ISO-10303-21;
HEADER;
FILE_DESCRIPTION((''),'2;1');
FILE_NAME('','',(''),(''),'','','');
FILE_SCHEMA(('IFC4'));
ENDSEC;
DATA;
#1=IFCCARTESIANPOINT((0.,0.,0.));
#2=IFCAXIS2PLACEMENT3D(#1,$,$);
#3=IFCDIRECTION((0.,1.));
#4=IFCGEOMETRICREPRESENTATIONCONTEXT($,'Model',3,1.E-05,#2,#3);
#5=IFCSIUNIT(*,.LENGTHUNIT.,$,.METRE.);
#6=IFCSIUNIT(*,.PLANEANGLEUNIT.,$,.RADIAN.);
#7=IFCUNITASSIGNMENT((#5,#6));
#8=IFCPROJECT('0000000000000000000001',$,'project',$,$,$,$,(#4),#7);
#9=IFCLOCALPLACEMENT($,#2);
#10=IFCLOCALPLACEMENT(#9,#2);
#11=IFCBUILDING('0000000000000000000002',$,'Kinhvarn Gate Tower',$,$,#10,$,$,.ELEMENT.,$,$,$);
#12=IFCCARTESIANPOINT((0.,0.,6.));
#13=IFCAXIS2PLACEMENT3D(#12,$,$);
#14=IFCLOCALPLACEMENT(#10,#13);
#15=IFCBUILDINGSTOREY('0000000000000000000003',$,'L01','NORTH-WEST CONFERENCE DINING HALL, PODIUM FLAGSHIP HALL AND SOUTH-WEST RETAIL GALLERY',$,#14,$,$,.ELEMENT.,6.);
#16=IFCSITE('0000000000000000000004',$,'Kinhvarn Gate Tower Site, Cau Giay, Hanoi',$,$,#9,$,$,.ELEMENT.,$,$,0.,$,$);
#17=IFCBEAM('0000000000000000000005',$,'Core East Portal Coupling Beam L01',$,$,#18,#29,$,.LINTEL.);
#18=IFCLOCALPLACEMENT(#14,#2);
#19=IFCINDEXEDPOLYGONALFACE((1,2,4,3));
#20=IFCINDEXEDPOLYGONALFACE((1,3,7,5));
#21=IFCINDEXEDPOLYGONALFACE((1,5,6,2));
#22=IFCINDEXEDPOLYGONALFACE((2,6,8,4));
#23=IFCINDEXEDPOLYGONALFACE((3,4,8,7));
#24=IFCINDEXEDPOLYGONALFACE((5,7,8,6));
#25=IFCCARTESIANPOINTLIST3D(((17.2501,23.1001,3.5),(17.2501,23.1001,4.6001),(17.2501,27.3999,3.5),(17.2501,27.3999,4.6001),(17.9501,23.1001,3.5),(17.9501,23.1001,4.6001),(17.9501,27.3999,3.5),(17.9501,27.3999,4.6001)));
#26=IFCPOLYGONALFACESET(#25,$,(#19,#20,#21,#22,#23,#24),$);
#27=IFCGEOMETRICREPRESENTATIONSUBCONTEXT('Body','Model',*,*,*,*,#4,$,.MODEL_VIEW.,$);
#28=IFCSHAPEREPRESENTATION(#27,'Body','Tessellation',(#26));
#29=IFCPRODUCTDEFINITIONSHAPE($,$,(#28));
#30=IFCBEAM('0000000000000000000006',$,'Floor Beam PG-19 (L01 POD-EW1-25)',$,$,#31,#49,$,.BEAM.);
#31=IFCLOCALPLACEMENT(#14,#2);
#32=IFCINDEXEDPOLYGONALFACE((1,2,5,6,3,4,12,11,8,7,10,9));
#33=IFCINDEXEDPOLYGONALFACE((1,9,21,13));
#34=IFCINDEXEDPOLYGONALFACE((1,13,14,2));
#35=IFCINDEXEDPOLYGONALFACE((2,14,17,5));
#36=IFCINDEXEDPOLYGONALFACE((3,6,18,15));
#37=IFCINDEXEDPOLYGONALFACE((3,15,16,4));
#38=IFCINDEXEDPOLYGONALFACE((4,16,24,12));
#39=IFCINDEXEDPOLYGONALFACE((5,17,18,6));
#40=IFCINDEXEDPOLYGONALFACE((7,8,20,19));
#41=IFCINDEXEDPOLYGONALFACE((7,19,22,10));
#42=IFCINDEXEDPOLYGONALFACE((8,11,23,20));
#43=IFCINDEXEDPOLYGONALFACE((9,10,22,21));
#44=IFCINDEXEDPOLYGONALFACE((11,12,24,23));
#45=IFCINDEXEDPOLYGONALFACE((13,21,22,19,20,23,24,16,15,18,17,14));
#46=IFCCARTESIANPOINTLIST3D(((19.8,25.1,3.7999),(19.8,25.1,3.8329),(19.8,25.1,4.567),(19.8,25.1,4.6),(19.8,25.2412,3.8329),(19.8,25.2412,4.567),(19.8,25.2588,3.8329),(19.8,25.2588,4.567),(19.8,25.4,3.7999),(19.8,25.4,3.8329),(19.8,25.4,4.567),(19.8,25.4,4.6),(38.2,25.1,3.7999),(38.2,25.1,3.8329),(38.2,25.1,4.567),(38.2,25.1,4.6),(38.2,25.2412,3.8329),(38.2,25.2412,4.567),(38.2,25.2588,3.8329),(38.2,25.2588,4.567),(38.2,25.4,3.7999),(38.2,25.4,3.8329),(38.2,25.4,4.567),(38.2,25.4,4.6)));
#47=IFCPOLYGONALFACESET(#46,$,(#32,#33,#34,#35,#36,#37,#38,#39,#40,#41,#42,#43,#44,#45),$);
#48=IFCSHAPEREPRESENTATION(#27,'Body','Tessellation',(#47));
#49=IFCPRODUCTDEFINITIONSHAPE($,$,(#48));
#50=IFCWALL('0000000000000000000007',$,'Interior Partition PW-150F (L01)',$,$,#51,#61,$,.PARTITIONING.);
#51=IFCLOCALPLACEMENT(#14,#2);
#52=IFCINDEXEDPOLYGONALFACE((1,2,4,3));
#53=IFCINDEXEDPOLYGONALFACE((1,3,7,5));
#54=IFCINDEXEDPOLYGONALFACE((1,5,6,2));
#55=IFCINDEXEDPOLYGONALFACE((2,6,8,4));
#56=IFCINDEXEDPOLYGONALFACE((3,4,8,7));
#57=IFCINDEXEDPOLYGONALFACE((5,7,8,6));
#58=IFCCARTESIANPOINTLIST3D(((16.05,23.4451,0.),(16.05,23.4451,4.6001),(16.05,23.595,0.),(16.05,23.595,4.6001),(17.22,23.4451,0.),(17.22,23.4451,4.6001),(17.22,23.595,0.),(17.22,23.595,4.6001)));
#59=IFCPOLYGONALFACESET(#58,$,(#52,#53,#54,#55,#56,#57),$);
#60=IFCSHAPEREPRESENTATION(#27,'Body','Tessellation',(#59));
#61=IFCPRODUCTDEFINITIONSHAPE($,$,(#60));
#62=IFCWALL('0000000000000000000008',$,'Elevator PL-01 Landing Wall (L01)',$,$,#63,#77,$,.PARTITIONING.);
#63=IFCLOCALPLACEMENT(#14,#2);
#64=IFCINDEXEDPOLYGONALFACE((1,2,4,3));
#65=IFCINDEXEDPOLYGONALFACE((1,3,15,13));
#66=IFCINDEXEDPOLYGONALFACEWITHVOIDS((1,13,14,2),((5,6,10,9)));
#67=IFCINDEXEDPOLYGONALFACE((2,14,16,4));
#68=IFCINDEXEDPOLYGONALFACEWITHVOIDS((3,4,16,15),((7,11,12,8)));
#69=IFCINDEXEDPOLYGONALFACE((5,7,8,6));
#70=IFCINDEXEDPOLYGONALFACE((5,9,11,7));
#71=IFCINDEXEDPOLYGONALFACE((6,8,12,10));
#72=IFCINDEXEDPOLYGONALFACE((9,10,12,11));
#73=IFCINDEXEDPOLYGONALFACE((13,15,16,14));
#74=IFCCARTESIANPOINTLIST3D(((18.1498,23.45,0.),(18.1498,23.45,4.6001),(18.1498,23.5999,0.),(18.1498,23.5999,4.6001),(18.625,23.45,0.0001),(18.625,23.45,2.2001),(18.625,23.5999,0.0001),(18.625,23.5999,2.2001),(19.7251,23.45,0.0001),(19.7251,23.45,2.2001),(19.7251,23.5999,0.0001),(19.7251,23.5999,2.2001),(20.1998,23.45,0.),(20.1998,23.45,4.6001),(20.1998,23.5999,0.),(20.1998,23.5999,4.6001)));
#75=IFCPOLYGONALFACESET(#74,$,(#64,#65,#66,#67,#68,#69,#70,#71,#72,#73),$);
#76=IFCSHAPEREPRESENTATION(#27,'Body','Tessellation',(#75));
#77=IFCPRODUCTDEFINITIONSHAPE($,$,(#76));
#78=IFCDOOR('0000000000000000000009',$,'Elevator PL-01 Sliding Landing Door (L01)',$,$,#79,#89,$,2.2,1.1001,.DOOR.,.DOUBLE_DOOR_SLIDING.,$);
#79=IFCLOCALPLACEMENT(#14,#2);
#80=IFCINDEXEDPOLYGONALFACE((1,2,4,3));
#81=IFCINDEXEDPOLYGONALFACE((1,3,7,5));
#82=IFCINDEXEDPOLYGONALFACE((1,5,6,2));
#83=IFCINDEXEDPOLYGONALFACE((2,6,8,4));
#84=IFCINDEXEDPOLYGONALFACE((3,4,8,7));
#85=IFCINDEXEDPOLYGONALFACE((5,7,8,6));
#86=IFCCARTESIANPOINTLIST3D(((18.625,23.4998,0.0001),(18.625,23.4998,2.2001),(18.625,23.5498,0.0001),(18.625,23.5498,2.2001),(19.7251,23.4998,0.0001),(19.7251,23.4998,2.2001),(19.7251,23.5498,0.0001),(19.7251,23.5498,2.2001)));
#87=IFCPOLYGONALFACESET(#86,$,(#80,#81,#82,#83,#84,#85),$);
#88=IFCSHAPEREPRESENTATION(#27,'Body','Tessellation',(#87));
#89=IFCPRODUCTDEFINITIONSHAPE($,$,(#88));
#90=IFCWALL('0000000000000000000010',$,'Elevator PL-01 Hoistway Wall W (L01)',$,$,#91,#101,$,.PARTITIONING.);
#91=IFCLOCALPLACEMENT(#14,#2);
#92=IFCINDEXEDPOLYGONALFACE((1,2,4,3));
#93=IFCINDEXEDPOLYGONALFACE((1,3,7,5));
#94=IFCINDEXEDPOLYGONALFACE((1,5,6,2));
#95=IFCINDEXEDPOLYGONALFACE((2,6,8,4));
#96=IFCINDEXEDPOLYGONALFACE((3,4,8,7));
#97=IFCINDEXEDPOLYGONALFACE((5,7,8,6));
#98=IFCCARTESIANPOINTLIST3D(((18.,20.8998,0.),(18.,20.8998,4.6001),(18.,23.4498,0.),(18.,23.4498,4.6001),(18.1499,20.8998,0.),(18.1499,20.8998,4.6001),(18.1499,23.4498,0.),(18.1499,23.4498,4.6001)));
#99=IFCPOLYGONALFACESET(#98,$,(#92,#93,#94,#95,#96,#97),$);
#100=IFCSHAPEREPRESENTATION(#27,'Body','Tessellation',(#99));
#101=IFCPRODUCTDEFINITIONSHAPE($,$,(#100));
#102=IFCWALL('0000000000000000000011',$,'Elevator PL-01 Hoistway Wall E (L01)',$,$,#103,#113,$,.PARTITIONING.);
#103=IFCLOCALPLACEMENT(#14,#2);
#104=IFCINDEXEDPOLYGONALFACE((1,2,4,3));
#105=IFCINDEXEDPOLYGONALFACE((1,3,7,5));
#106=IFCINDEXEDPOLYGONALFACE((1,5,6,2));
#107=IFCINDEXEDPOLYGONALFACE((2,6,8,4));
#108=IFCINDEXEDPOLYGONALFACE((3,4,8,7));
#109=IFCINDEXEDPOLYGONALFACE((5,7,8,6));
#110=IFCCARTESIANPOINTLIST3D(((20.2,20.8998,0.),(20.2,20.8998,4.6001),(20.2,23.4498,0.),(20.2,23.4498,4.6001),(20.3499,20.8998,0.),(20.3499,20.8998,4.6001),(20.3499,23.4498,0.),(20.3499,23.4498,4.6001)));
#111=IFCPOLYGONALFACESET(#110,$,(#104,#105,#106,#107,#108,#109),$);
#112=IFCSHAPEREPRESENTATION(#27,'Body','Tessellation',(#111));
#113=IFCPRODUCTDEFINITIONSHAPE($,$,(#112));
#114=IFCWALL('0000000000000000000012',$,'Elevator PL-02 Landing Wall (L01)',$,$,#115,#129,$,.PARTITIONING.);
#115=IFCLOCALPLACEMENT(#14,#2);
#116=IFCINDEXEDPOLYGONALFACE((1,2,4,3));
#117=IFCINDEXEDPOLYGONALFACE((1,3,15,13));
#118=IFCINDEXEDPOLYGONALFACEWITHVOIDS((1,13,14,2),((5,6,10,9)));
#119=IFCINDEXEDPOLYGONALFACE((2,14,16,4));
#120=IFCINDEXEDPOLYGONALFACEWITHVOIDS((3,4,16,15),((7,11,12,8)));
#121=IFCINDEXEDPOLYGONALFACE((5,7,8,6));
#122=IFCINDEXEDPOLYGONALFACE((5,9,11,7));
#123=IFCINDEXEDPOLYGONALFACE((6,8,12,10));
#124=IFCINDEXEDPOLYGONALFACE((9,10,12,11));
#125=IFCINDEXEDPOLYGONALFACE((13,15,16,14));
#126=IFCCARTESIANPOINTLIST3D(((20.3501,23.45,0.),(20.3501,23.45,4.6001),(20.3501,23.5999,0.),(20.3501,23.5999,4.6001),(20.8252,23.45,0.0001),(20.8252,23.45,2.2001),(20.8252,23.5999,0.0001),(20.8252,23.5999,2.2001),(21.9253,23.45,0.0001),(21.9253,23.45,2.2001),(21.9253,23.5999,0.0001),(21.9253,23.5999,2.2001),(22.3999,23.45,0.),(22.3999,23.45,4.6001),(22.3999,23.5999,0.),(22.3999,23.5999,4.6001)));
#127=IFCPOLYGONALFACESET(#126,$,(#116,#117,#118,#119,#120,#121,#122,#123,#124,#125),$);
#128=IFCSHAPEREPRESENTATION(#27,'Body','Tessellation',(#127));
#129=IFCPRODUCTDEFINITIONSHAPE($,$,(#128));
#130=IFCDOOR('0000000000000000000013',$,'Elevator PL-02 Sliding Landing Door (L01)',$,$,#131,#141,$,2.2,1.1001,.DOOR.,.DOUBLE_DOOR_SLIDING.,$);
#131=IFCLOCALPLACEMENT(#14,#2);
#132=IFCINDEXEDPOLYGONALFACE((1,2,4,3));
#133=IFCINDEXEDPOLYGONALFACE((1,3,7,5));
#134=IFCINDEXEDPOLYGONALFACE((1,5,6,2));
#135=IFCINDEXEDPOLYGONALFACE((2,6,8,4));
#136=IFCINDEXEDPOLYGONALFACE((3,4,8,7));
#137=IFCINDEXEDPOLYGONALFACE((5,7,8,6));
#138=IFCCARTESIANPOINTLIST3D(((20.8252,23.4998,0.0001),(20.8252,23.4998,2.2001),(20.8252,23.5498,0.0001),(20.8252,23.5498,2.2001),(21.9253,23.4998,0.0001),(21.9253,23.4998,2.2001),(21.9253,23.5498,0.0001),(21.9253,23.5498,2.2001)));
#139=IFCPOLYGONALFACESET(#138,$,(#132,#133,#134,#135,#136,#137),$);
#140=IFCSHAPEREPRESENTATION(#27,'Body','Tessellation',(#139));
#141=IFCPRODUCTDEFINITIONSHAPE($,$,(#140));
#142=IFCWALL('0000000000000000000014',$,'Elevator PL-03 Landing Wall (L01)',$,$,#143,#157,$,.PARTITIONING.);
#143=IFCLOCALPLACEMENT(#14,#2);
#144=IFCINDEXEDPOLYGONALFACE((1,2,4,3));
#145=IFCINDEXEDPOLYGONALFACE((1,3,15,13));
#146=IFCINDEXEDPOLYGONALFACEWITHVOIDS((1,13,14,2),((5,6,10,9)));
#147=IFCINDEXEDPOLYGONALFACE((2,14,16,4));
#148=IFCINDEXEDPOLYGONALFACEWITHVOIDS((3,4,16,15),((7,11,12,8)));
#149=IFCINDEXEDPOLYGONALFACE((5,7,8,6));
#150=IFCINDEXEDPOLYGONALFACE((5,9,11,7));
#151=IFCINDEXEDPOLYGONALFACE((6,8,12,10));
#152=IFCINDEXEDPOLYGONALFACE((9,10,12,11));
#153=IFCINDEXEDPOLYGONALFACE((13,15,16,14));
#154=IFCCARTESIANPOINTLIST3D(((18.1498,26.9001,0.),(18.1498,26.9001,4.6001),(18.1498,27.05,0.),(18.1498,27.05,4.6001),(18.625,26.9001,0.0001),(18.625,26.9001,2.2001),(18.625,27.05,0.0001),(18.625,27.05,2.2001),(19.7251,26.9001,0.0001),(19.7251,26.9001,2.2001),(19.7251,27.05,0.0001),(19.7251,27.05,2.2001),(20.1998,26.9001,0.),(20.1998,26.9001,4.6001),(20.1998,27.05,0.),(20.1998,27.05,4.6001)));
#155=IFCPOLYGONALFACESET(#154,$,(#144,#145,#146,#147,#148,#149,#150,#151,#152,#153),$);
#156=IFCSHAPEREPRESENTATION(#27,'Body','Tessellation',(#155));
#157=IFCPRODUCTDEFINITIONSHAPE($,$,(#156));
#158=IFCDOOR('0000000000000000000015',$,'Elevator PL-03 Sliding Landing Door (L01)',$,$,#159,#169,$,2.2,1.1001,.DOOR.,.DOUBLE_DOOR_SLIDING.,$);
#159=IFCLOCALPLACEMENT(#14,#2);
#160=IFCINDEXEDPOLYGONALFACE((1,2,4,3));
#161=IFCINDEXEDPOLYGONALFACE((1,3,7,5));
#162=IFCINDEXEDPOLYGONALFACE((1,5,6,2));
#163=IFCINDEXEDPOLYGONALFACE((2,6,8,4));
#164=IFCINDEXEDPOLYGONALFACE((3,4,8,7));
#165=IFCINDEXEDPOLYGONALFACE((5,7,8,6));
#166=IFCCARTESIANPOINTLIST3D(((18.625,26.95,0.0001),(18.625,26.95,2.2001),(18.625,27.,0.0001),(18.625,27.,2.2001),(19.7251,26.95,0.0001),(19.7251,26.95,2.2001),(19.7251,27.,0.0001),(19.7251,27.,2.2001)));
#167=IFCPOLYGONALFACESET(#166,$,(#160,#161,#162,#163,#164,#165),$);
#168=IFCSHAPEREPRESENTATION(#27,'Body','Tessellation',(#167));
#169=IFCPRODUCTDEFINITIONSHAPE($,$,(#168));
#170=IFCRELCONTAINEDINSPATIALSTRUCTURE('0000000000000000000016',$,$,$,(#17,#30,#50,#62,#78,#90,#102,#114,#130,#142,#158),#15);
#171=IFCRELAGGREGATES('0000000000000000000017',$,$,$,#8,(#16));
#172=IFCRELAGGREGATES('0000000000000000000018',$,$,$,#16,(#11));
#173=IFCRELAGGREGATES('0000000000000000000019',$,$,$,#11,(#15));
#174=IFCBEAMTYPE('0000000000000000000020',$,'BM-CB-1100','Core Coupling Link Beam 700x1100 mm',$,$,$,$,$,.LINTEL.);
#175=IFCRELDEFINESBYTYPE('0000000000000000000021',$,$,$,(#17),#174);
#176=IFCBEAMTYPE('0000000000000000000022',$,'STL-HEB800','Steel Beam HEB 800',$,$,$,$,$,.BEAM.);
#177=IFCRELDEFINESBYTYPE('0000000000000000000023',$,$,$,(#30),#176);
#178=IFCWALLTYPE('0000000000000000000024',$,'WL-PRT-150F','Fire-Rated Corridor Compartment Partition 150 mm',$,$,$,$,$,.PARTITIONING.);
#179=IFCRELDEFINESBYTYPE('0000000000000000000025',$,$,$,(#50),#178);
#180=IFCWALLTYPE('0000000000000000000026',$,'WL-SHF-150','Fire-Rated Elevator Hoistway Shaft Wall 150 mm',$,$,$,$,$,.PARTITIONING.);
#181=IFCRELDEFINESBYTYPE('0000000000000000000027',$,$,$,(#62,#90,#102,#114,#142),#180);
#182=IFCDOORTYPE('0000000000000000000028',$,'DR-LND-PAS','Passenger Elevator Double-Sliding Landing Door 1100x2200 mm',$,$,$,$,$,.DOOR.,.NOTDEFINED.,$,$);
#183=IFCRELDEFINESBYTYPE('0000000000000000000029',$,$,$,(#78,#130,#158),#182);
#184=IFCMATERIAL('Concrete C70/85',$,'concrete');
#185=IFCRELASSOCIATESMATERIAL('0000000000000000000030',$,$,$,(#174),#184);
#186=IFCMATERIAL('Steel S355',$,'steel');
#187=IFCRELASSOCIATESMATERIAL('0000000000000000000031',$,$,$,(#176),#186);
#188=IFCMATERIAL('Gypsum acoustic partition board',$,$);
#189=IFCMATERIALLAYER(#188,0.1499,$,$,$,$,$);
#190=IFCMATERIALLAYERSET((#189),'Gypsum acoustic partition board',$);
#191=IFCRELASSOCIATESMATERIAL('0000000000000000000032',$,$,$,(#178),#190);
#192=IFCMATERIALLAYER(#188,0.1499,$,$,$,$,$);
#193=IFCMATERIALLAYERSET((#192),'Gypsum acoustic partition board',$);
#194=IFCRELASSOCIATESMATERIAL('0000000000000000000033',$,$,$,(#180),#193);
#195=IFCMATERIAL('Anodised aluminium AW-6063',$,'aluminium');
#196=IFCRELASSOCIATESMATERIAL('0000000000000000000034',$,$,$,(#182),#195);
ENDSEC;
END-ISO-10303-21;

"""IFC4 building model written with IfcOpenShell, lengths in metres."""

from ifc_helpers import new_model, si_unit, direction, frame, frame_2d, origin, origin_2d, place, context, subcontext, project, spatial, rectangle, i_section, extrude, material, layer, layer_set, material_profile, profile_set, type_object, element, fill, save


model = new_model("IFC4")

# Units and contexts
model_context = context("Model", 3, precision=1e-05, world=origin(), true_north=direction((0.0, 1.0)))
body_context = subcontext(model_context, "Body", "Model", "MODEL_VIEW")
ifc_project = project(units=[si_unit("LENGTHUNIT", "METRE"), si_unit("PLANEANGLEUNIT", "RADIAN")], contexts=[model_context])

# Site, building, storey
site_placement = place(None, origin())
site = spatial("IfcSite", under=ifc_project, at=site_placement, Name="Kinhvarn Gate Tower Site, Cau Giay, Hanoi", CompositionType="ELEMENT", RefElevation=0.0)
building_placement = place(site_placement, origin())
building = spatial("IfcBuilding", under=site, at=building_placement, Name="Kinhvarn Gate Tower", CompositionType="ELEMENT")
storey_placement = place(building_placement, frame((0.0, 0.0, 6.0)))
storey = spatial("IfcBuildingStorey", under=building, at=storey_placement, Name="L01", Description="NORTH-WEST CONFERENCE DINING HALL, PODIUM FLAGSHIP HALL AND SOUTH-WEST RETAIL GALLERY", CompositionType="ELEMENT", Elevation=6.0)

# Beams
ifc_material_1 = material(Name="Concrete C70/85", Category="concrete")
ifc_material_profile_1 = material_profile(ifc_material_1, rectangle(XDim=0.7, YDim=1.1001, at=origin_2d()), Name="RC 700x1100")
ifc_profile_set_1 = profile_set([ifc_material_profile_1], Name="Concrete C70/85")
beam_type_1 = type_object("IfcBeamType", Name="BM-CB-1100", Description="Core Coupling Link Beam 700x1100 mm", PredefinedType="LINTEL", material=ifc_profile_set_1)
beam_1_placement = place(storey_placement, frame((17.6001, 23.1001, 4.05), z_axis=(0.0, 1.0, 0.0), x_axis=(-1.0, 0.0, 0.0)))
element("IfcBeam", 1, at=beam_1_placement, inside=storey, type_object=beam_type_1, Name="Core East Portal Coupling Beam L01", PredefinedType="LINTEL", context=body_context, shape_type="SweptSolid", body=[
    extrude(rectangle(XDim=0.7, YDim=1.1001, at=origin_2d()), origin(), (0.0, 0.0, 1.0), 4.2998),
])
ifc_material_2 = material(Name="Steel S355", Category="steel")
ifc_material_profile_2 = material_profile(ifc_material_2, i_section(OverallWidth=0.3, OverallDepth=0.8, WebThickness=0.0176, FlangeThickness=0.033, at=origin_2d()), Name="HEB 800")
ifc_profile_set_2 = profile_set([ifc_material_profile_2], Name="Steel S355")
beam_type_2 = type_object("IfcBeamType", Name="STL-HEB800", Description="Steel Beam HEB 800", PredefinedType="BEAM", material=ifc_profile_set_2)
beam_2_placement = place(storey_placement, frame((19.8, 25.25, 4.2), z_axis=(1.0, 0.0, 0.0), x_axis=(0.0, 1.0, 0.0)))
element("IfcBeam", 2, at=beam_2_placement, inside=storey, type_object=beam_type_2, Name="Floor Beam PG-19 (L01 POD-EW1-25)", PredefinedType="BEAM", context=body_context, shape_type="SweptSolid", body=[
    extrude(i_section(OverallWidth=0.3, OverallDepth=0.8, WebThickness=0.0176, FlangeThickness=0.033, at=origin_2d()), origin(), (0.0, 0.0, 1.0), 18.3999),
])

# Wall
ifc_material_3 = material(Name="Gypsum acoustic partition board")
ifc_layer_1 = layer(ifc_material_3, 0.1499)
ifc_layer_set_1 = layer_set([ifc_layer_1], Name="Gypsum acoustic partition board")
wall_type_1 = type_object("IfcWallType", Name="WL-PRT-150F", Description="Fire-Rated Corridor Compartment Partition 150 mm", PredefinedType="PARTITIONING", material=ifc_layer_set_1)
wall_1_placement = place(storey_placement, frame((16.05, 23.52, 0.0), z_axis=(0.0, 0.0, 1.0), x_axis=(1.0, 0.0, 0.0)))
element("IfcWall", 3, at=wall_1_placement, inside=storey, type_object=wall_type_1, Name="Interior Partition PW-150F (L01)", PredefinedType="PARTITIONING", context=body_context, shape_type="SweptSolid", body=[
    extrude(rectangle(XDim=1.1699, YDim=0.1499, at=frame_2d((0.585, 0.0))), origin(), (0.0, 0.0, 1.0), 4.6001),
])

# Wall, opening, door
ifc_layer_2 = layer(ifc_material_3, 0.1499)
ifc_layer_set_2 = layer_set([ifc_layer_2], Name="Gypsum acoustic partition board")
wall_type_2 = type_object("IfcWallType", Name="WL-SHF-150", Description="Fire-Rated Elevator Hoistway Shaft Wall 150 mm", PredefinedType="PARTITIONING", material=ifc_layer_set_2)
wall_2_placement = place(storey_placement, frame((18.1499, 23.5249, 0.0), z_axis=(0.0, 0.0, 1.0), x_axis=(1.0, 0.0, 0.0)))
wall_2 = element("IfcWall", 4, at=wall_2_placement, inside=storey, type_object=wall_type_2, Name="Elevator PL-01 Landing Wall (L01)", PredefinedType="PARTITIONING", context=body_context, shape_type="SweptSolid", body=[
    extrude(rectangle(XDim=2.05, YDim=0.1499, at=frame_2d((1.0249, 0.0))), origin(), (0.0, 0.0, 1.0), 4.6001),
])
opening_1_placement = place(wall_2_placement, frame((0.4751, 0.0, 0.0)))
opening_1 = element("IfcOpeningElement", 5, at=opening_1_placement, cuts=wall_2, PredefinedType="OPENING", context=body_context, shape_type="SweptSolid", body=[
    extrude(rectangle(XDim=1.1001, YDim=2.2, at=frame_2d((0.55, 1.1001))), frame((0.0, 0.085, 0.0), z_axis=(0.0, -1.0, 0.0), x_axis=(1.0, 0.0, 0.0)), (0.0, 0.0, 1.0), 0.1699),
])
ifc_material_4 = material(Name="Anodised aluminium AW-6063", Category="aluminium")
door_type_1 = type_object("IfcDoorType", Name="DR-LND-PAS", Description="Passenger Elevator Double-Sliding Landing Door 1100x2200 mm", OperationType="NOTDEFINED", PredefinedType="DOOR", material=ifc_material_4)
door_1_placement = place(opening_1_placement, origin())
door_1 = element("IfcDoor", 6, at=door_1_placement, inside=storey, type_object=door_type_1, Name="Elevator PL-01 Sliding Landing Door (L01)", OperationType="DOUBLE_DOOR_SLIDING", OverallHeight=2.2, OverallWidth=1.1001, PredefinedType="DOOR", context=body_context, shape_type="SweptSolid", body=[
    extrude(rectangle(XDim=1.1001, YDim=2.2, at=frame_2d((0.55, 1.1001))), frame((0.0, 0.0249, 0.0), z_axis=(0.0, -1.0, 0.0), x_axis=(1.0, 0.0, 0.0)), (0.0, 0.0, 1.0), 0.05),
])
fill(opening_1, door_1)

# Walls
for number, where, z_axis, x_axis, name in (
    (7, (18.075, 20.8999, 0.0), (0.0, 0.0, 1.0), (0.0, 1.0, 0.0), "Elevator PL-01 Hoistway Wall W (L01)"),
    (8, (20.2749, 20.8999, 0.0), (0.0, 0.0, 1.0), (0.0, 1.0, 0.0), "Elevator PL-01 Hoistway Wall E (L01)"),
):
    element("IfcWall", number, at=place(storey_placement, frame(where, z_axis=z_axis, x_axis=x_axis)), inside=storey, type_object=wall_type_2, Name=name, PredefinedType="PARTITIONING", context=body_context, shape_type="SweptSolid", body=[
        extrude(rectangle(XDim=2.55, YDim=0.1499, at=frame_2d((1.2749, 0.0))), origin(), (0.0, 0.0, 1.0), 4.6001),
    ])

# Walls, openings, doors
wall_3_placement = place(storey_placement, frame((20.3501, 23.5249, 0.0), z_axis=(0.0, 0.0, 1.0), x_axis=(1.0, 0.0, 0.0)))
wall_3 = element("IfcWall", 9, at=wall_3_placement, inside=storey, type_object=wall_type_2, Name="Elevator PL-02 Landing Wall (L01)", PredefinedType="PARTITIONING", context=body_context, shape_type="SweptSolid", body=[
    extrude(rectangle(XDim=2.0498, YDim=0.1499, at=frame_2d((1.0249, 0.0))), origin(), (0.0, 0.0, 1.0), 4.6001),
])
opening_2_placement = place(wall_3_placement, frame((0.4751, 0.0, 0.0)))
opening_2 = element("IfcOpeningElement", 10, at=opening_2_placement, cuts=wall_3, PredefinedType="OPENING", context=body_context, shape_type="SweptSolid", body=[
    extrude(rectangle(XDim=1.1001, YDim=2.2, at=frame_2d((0.55, 1.1001))), frame((0.0, 0.085, 0.0), z_axis=(0.0, -1.0, 0.0), x_axis=(1.0, 0.0, 0.0)), (0.0, 0.0, 1.0), 0.1699),
])
door_2_placement = place(opening_2_placement, origin())
door_2 = element("IfcDoor", 11, at=door_2_placement, inside=storey, type_object=door_type_1, Name="Elevator PL-02 Sliding Landing Door (L01)", OperationType="DOUBLE_DOOR_SLIDING", OverallHeight=2.2, OverallWidth=1.1001, PredefinedType="DOOR", context=body_context, shape_type="SweptSolid", body=[
    extrude(rectangle(XDim=1.1001, YDim=2.2, at=frame_2d((0.55, 1.1001))), frame((0.0, 0.0249, 0.0), z_axis=(0.0, -1.0, 0.0), x_axis=(1.0, 0.0, 0.0)), (0.0, 0.0, 1.0), 0.05),
])
fill(opening_2, door_2)
wall_4_placement = place(storey_placement, frame((18.1499, 26.9751, 0.0), z_axis=(0.0, 0.0, 1.0), x_axis=(1.0, 0.0, 0.0)))
wall_4 = element("IfcWall", 12, at=wall_4_placement, inside=storey, type_object=wall_type_2, Name="Elevator PL-03 Landing Wall (L01)", PredefinedType="PARTITIONING", context=body_context, shape_type="SweptSolid", body=[
    extrude(rectangle(XDim=2.05, YDim=0.1499, at=frame_2d((1.0249, 0.0))), origin(), (0.0, 0.0, 1.0), 4.6001),
])
opening_3_placement = place(wall_4_placement, frame((0.4751, 0.0, 0.0)))
opening_3 = element("IfcOpeningElement", 13, at=opening_3_placement, cuts=wall_4, PredefinedType="OPENING", context=body_context, shape_type="SweptSolid", body=[
    extrude(rectangle(XDim=1.1001, YDim=2.2, at=frame_2d((0.55, 1.1001))), frame((0.0, 0.085, 0.0), z_axis=(0.0, -1.0, 0.0), x_axis=(1.0, 0.0, 0.0)), (0.0, 0.0, 1.0), 0.1699),
])
door_3_placement = place(opening_3_placement, origin())
door_3 = element("IfcDoor", 14, at=door_3_placement, inside=storey, type_object=door_type_1, Name="Elevator PL-03 Sliding Landing Door (L01)", OperationType="DOUBLE_DOOR_SLIDING", OverallHeight=2.2, OverallWidth=1.1001, PredefinedType="DOOR", context=body_context, shape_type="SweptSolid", body=[
    extrude(rectangle(XDim=1.1001, YDim=2.2, at=frame_2d((0.55, 1.1001))), frame((0.0, 0.0249, 0.0), z_axis=(0.0, -1.0, 0.0), x_axis=(1.0, 0.0, 0.0)), (0.0, 0.0, 1.0), 0.05),
])
fill(opening_3, door_3)

save(model, "model.ifc")
